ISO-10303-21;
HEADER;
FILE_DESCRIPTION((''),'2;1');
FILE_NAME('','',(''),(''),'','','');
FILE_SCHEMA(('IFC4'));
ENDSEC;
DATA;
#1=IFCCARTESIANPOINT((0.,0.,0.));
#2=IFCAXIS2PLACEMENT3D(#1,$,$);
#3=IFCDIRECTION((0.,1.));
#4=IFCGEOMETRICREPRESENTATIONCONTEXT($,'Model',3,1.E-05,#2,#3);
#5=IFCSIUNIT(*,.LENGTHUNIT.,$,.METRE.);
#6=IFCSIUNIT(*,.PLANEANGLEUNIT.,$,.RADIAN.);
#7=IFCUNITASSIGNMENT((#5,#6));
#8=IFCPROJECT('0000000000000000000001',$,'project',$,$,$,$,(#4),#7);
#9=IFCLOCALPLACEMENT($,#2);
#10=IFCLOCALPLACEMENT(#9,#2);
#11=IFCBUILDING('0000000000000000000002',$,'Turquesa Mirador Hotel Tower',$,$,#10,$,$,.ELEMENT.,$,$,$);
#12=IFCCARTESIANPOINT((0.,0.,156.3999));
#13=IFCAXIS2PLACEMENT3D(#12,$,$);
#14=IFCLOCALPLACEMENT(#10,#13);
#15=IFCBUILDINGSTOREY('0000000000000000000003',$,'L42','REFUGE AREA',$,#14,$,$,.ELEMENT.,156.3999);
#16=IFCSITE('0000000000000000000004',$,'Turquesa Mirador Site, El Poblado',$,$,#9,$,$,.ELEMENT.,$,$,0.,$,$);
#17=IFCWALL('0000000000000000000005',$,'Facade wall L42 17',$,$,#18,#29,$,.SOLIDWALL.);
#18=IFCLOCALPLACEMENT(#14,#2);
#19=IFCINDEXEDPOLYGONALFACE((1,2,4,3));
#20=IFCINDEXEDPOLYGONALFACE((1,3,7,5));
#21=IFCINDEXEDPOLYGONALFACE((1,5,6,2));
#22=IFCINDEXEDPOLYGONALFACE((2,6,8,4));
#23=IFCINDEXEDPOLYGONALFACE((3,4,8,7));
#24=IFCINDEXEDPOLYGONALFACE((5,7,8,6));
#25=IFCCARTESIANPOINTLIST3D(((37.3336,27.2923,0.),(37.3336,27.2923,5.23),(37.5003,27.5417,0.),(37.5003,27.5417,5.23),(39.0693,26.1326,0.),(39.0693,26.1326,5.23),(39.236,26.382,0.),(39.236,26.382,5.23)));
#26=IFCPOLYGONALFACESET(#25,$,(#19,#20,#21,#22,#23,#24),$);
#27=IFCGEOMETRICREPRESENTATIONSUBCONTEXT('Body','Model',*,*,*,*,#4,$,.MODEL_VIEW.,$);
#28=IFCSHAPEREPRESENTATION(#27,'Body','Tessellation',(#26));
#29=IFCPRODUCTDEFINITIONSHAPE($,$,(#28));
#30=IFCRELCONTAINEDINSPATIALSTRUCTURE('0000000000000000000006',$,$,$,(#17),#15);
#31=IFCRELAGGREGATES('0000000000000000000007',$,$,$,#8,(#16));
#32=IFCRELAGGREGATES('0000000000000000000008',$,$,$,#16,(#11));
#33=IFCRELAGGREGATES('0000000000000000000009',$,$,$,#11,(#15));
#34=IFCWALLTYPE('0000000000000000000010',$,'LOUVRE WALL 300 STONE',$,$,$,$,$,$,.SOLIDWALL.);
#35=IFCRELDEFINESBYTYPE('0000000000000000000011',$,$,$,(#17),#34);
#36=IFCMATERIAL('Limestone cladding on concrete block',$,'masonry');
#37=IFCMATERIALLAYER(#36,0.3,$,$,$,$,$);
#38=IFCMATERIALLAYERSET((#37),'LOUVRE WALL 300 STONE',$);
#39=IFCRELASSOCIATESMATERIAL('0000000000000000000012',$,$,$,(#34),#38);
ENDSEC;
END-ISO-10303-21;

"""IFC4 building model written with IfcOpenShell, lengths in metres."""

from ifc_helpers import new_model, si_unit, direction, frame, frame_2d, origin, place, context, subcontext, project, spatial, rectangle, extrude, material, layer, layer_set, type_object, element, save


model = new_model("IFC4")

# Units and contexts
model_context = context("Model", 3, precision=1e-05, world=origin(), true_north=direction((0.0, 1.0)))
body_context = subcontext(model_context, "Body", "Model", "MODEL_VIEW")
ifc_project = project(units=[si_unit("LENGTHUNIT", "METRE"), si_unit("PLANEANGLEUNIT", "RADIAN")], contexts=[model_context])

# Site, building, storey
site_placement = place(None, origin())
site = spatial("IfcSite", under=ifc_project, at=site_placement, Name="Turquesa Mirador Site, El Poblado", CompositionType="ELEMENT", RefElevation=0.0)
building_placement = place(site_placement, origin())
building = spatial("IfcBuilding", under=site, at=building_placement, Name="Turquesa Mirador Hotel Tower", CompositionType="ELEMENT")
storey_placement = place(building_placement, frame((0.0, 0.0, 156.3999)))
storey = spatial("IfcBuildingStorey", under=building, at=storey_placement, Name="L42", Description="REFUGE AREA", CompositionType="ELEMENT", Elevation=156.3999)

# Wall
ifc_material_1 = material(Name="Limestone cladding on concrete block", Category="masonry")
ifc_layer_1 = layer(ifc_material_1, 0.3)
ifc_layer_set_1 = layer_set([ifc_layer_1], Name="LOUVRE WALL 300 STONE")
wall_type_1 = type_object("IfcWallType", Name="LOUVRE WALL 300 STONE", PredefinedType="SOLIDWALL", material=ifc_layer_set_1)
for number, where, z_axis, x_axis, name in (
    (1, (37.417, 27.417, 0.0), (0.0, 0.0, 1.0), (0.831474, -0.555564, 0.0), "Facade wall L42 17"),
):
    element("IfcWall", number, at=place(storey_placement, frame(where, z_axis=z_axis, x_axis=x_axis)), inside=storey, type_object=wall_type_1, Name=name, PredefinedType="SOLIDWALL", context=body_context, shape_type="SweptSolid", body=[
        extrude(rectangle(XDim=2.0874, YDim=0.3, at=frame_2d((1.0437, 0.0))), origin(), (0.0, 0.0, 1.0), 5.23),
    ])

save(model, "model.ifc")
